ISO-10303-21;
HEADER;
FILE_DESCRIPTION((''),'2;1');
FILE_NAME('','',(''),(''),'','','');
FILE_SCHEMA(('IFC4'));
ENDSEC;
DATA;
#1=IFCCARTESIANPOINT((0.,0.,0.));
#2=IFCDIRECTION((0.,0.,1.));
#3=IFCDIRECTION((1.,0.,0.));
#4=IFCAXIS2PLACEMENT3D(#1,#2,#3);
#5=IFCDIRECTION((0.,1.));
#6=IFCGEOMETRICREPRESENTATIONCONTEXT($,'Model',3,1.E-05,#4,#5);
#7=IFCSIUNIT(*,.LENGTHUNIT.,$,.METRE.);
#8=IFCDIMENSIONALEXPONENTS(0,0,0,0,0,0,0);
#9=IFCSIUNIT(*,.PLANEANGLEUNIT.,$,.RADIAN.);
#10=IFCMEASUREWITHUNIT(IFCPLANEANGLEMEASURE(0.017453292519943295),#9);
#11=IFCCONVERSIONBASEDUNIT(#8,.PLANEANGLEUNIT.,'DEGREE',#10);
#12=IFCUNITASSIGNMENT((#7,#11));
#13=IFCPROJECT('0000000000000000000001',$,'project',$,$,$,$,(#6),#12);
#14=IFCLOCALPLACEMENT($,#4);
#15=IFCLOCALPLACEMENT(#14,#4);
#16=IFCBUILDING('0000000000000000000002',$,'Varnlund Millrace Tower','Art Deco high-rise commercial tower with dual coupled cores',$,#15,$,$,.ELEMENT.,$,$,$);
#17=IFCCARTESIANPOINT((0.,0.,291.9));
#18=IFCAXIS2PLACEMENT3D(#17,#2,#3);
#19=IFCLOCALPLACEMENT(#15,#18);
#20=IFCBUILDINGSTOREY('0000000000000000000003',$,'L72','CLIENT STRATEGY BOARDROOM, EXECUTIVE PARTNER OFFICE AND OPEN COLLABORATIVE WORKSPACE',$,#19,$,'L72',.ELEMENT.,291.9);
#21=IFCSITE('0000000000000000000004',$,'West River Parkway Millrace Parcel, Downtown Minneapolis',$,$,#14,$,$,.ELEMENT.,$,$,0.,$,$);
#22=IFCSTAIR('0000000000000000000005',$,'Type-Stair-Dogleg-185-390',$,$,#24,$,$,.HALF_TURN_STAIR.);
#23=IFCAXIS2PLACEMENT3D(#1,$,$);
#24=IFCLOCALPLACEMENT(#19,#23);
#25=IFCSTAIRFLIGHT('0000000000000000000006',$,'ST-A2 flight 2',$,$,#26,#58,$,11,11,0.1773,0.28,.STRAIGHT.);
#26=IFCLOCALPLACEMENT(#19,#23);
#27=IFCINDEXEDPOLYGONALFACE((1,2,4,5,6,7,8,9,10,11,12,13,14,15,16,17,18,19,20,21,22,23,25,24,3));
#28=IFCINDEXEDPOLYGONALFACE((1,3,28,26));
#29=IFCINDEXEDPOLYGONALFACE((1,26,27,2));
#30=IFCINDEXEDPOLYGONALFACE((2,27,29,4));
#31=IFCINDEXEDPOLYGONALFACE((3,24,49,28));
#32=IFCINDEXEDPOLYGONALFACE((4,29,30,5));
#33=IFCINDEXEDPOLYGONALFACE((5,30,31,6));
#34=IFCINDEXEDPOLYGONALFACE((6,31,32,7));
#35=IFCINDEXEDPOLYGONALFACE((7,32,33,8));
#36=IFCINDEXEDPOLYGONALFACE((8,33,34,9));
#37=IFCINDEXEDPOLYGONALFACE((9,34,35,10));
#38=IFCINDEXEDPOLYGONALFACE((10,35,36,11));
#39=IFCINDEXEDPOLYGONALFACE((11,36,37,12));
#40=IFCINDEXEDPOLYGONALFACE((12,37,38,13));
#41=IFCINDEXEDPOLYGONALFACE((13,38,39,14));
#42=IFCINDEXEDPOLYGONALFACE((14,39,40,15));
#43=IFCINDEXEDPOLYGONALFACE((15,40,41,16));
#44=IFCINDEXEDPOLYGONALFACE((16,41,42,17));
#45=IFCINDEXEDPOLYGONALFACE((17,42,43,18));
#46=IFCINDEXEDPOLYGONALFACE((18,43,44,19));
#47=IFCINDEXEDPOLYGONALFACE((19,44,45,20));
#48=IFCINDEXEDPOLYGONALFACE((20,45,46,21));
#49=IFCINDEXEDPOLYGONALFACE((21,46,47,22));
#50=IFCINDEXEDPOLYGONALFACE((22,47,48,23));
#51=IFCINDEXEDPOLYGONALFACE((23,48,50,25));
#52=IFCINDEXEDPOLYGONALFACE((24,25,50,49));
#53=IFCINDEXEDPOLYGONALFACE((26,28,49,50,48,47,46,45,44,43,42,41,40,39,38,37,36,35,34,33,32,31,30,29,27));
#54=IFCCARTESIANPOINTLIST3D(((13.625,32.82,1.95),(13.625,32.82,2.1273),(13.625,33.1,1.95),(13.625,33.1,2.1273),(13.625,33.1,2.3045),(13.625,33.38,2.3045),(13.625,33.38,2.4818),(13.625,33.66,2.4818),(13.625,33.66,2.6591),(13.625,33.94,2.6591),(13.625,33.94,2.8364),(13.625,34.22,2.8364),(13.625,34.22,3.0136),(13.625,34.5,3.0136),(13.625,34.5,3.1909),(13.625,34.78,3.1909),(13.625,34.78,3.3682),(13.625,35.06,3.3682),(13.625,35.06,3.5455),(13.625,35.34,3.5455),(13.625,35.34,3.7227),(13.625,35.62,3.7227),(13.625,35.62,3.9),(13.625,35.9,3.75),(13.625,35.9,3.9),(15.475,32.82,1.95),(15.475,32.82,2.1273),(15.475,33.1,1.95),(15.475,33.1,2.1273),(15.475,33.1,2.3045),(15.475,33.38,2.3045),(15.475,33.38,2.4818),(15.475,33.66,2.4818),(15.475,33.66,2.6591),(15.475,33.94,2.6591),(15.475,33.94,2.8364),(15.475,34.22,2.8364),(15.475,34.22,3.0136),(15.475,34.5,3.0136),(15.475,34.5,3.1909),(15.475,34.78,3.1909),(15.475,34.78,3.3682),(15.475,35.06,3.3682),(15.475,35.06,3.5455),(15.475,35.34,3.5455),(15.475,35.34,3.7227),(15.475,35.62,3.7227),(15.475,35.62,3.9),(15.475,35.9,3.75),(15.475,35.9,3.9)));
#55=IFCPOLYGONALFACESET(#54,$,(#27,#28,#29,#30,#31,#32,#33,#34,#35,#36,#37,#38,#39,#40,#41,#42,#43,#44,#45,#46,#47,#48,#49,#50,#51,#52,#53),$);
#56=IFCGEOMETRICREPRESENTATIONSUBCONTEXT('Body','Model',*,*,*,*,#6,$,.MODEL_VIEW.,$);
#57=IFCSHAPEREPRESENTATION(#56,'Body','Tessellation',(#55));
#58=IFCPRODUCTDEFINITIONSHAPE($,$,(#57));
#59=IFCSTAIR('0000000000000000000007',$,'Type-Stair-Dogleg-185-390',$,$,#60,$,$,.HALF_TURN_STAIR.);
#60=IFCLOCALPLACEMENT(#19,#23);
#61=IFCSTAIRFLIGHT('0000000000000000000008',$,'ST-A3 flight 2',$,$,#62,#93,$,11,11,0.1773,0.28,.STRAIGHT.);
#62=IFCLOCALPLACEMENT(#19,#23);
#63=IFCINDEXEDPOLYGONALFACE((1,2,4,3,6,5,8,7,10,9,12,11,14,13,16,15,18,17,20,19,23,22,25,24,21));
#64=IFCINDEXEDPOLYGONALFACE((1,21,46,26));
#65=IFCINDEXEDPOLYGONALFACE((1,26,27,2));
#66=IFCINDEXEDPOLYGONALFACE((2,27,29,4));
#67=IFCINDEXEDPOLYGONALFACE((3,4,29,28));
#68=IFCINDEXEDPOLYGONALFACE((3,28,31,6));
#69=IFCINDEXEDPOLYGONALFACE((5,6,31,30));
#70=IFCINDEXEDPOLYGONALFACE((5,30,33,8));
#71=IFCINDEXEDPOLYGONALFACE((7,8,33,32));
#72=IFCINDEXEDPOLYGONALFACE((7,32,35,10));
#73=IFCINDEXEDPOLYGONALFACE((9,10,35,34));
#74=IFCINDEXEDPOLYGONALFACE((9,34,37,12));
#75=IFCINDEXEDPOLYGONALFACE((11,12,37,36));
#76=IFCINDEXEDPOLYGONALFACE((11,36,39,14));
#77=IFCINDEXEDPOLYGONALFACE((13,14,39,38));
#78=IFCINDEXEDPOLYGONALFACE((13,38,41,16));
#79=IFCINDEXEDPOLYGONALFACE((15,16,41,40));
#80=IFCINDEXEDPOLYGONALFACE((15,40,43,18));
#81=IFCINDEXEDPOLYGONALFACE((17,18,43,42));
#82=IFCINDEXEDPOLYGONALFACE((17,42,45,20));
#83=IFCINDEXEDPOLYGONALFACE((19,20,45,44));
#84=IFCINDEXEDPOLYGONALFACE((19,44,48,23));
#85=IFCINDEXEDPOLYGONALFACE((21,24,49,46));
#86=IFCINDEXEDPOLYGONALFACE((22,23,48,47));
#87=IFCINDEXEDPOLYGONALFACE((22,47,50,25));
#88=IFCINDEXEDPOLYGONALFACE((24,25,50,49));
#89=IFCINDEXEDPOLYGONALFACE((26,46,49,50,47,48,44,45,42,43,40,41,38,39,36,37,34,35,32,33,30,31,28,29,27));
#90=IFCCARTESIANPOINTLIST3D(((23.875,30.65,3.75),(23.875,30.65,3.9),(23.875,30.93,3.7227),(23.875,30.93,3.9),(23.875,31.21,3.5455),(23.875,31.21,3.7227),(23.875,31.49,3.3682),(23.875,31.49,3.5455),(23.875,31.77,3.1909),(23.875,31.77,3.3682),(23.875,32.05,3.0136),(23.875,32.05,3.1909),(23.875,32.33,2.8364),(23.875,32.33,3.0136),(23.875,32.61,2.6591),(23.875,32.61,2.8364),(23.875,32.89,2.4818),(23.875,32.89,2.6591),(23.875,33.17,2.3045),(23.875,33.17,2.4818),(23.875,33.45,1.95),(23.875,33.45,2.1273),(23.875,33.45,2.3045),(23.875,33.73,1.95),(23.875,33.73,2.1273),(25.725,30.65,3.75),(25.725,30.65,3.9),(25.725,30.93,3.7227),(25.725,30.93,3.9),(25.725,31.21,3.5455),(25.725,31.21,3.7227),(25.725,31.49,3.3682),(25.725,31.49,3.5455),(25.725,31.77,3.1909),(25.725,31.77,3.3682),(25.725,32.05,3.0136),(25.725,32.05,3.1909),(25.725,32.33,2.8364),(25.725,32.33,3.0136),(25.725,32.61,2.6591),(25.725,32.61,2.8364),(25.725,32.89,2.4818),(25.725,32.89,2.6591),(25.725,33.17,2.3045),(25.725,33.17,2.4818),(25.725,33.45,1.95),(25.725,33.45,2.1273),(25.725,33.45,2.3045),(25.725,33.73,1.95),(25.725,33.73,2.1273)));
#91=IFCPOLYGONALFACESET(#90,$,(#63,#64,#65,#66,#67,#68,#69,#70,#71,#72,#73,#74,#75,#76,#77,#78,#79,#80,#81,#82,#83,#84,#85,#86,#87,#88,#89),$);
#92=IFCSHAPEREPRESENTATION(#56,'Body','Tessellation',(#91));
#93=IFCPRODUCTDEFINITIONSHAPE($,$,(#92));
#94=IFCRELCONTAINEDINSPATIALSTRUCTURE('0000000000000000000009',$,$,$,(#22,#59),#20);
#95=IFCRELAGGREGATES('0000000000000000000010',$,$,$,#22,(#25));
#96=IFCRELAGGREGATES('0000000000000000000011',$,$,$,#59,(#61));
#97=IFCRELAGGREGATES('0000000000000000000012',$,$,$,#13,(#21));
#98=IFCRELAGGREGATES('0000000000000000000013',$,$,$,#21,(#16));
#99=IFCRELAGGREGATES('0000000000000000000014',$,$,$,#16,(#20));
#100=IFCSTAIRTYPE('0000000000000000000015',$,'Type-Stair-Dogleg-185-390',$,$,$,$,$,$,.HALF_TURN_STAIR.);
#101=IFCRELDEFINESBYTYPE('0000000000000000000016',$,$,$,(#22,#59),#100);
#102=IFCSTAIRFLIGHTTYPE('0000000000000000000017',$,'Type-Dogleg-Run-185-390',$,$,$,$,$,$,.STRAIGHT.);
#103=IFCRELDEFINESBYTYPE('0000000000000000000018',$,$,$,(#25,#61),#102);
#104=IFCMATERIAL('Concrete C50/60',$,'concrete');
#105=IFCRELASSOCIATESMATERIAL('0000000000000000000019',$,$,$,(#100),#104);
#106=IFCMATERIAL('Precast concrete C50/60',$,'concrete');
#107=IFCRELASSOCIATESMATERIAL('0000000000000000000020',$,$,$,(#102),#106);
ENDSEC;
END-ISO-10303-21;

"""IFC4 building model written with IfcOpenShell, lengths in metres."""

from ifc_helpers import new_model, entity, si_unit, converted_unit, direction, frame, origin_with_axes, place, context, subcontext, project, spatial, polyline, outline, extrude, material, type_object, element, aggregate, save


model = new_model("IFC4")

# Units and contexts
model_context = context("Model", 3, precision=1e-05, world=origin_with_axes(), true_north=direction((0.0, 1.0)))
body_context = subcontext(model_context, "Body", "Model", "MODEL_VIEW")
ifc_project = project(units=[si_unit("LENGTHUNIT", "METRE"), converted_unit("PLANEANGLEUNIT", "DEGREE", entity("IfcPlaneAngleMeasure", 0.017453292519943295), si_unit("PLANEANGLEUNIT", "RADIAN"), dimensions=[0, 0, 0, 0, 0, 0, 0])], contexts=[model_context])

# Site, building, storey
site_placement = place(None, origin_with_axes())
site = spatial("IfcSite", under=ifc_project, at=site_placement, Name="West River Parkway Millrace Parcel, Downtown Minneapolis", CompositionType="ELEMENT", RefElevation=0.0)
building_placement = place(site_placement, origin_with_axes())
building = spatial("IfcBuilding", under=site, at=building_placement, Name="Varnlund Millrace Tower", Description="Art Deco high-rise commercial tower with dual coupled cores", CompositionType="ELEMENT")
storey_placement = place(building_placement, frame((0.0, 0.0, 291.9), z_axis=(0.0, 0.0, 1.0), x_axis=(1.0, 0.0, 0.0)))
storey = spatial("IfcBuildingStorey", under=building, at=storey_placement, Name="L72", Description="CLIENT STRATEGY BOARDROOM, EXECUTIVE PARTNER OFFICE AND OPEN COLLABORATIVE WORKSPACE", LongName="L72", CompositionType="ELEMENT", Elevation=291.9)

# Shared definitions
ifc_material_1 = material(Name="Precast concrete C50/60", Category="concrete")

# Stairs, stair flights
ifc_material_2 = material(Name="Concrete C50/60", Category="concrete")
stair_type = type_object("IfcStairType", Name="Type-Stair-Dogleg-185-390", PredefinedType="HALF_TURN_STAIR", material=ifc_material_2)
stair_1_placement = place(storey_placement, origin_with_axes())
stair_1 = element("IfcStair", 1, at=stair_1_placement, inside=storey, type_object=stair_type, Name="Type-Stair-Dogleg-185-390", PredefinedType="HALF_TURN_STAIR")
stair_flight_type = type_object("IfcStairFlightType", Name="Type-Dogleg-Run-185-390", PredefinedType="STRAIGHT", material=ifc_material_1)
stair_flight_1_placement = place(storey_placement, frame((13.625, 32.82, 1.95), z_axis=(1.0, 0.0, 0.0), x_axis=(0.0, 1.0, 0.0)))
stair_flight_1 = element("IfcStairFlight", 2, at=stair_flight_1_placement, type_object=stair_flight_type, Name="ST-A2 flight 2", NumberOfRisers=11, NumberOfTreads=11, PredefinedType="STRAIGHT", RiserHeight=0.1773, TreadLength=0.28, context=body_context, shape_type="SweptSolid", body=[
    extrude(outline(polyline([(0.0, 0.0), (0.0, 0.1773), (0.28, 0.1773), (0.28, 0.3545), (0.56, 0.3545), (0.56, 0.5318), (0.84, 0.5318), (0.84, 0.7091), (1.12, 0.7091), (1.12, 0.8864), (1.4, 0.8864), (1.4, 1.0636), (1.68, 1.0636), (1.68, 1.2409), (1.96, 1.2409), (1.96, 1.4182), (2.24, 1.4182), (2.24, 1.5955), (2.52, 1.5955), (2.52, 1.7727), (2.8, 1.7727), (2.8, 1.95), (3.08, 1.95), (3.08, 1.8), (0.28, 0.0), (0.0, 0.0)])), origin_with_axes(), (0.0, 0.0, 1.0), 1.85),
])
aggregate(stair_1, [stair_flight_1])
stair_2_placement = place(storey_placement, origin_with_axes())
stair_2 = element("IfcStair", 3, at=stair_2_placement, inside=storey, type_object=stair_type, Name="Type-Stair-Dogleg-185-390", PredefinedType="HALF_TURN_STAIR")
stair_flight_2_placement = place(storey_placement, frame((25.725, 33.73, 1.95), z_axis=(-1.0, 0.0, 0.0), x_axis=(0.0, -1.0, 0.0)))
stair_flight_2 = element("IfcStairFlight", 4, at=stair_flight_2_placement, type_object=stair_flight_type, Name="ST-A3 flight 2", NumberOfRisers=11, NumberOfTreads=11, PredefinedType="STRAIGHT", RiserHeight=0.1773, TreadLength=0.28, context=body_context, shape_type="SweptSolid", body=[
    extrude(outline(polyline([(0.0, 0.0), (0.0, 0.1773), (0.28, 0.1773), (0.28, 0.3545), (0.56, 0.3545), (0.56, 0.5318), (0.84, 0.5318), (0.84, 0.7091), (1.12, 0.7091), (1.12, 0.8864), (1.4, 0.8864), (1.4, 1.0636), (1.68, 1.0636), (1.68, 1.2409), (1.96, 1.2409), (1.96, 1.4182), (2.24, 1.4182), (2.24, 1.5955), (2.52, 1.5955), (2.52, 1.7727), (2.8, 1.7727), (2.8, 1.95), (3.08, 1.95), (3.08, 1.8), (0.28, 0.0), (0.0, 0.0)])), origin_with_axes(), (0.0, 0.0, 1.0), 1.85),
])
aggregate(stair_2, [stair_flight_2])

save(model, "model.ifc")
